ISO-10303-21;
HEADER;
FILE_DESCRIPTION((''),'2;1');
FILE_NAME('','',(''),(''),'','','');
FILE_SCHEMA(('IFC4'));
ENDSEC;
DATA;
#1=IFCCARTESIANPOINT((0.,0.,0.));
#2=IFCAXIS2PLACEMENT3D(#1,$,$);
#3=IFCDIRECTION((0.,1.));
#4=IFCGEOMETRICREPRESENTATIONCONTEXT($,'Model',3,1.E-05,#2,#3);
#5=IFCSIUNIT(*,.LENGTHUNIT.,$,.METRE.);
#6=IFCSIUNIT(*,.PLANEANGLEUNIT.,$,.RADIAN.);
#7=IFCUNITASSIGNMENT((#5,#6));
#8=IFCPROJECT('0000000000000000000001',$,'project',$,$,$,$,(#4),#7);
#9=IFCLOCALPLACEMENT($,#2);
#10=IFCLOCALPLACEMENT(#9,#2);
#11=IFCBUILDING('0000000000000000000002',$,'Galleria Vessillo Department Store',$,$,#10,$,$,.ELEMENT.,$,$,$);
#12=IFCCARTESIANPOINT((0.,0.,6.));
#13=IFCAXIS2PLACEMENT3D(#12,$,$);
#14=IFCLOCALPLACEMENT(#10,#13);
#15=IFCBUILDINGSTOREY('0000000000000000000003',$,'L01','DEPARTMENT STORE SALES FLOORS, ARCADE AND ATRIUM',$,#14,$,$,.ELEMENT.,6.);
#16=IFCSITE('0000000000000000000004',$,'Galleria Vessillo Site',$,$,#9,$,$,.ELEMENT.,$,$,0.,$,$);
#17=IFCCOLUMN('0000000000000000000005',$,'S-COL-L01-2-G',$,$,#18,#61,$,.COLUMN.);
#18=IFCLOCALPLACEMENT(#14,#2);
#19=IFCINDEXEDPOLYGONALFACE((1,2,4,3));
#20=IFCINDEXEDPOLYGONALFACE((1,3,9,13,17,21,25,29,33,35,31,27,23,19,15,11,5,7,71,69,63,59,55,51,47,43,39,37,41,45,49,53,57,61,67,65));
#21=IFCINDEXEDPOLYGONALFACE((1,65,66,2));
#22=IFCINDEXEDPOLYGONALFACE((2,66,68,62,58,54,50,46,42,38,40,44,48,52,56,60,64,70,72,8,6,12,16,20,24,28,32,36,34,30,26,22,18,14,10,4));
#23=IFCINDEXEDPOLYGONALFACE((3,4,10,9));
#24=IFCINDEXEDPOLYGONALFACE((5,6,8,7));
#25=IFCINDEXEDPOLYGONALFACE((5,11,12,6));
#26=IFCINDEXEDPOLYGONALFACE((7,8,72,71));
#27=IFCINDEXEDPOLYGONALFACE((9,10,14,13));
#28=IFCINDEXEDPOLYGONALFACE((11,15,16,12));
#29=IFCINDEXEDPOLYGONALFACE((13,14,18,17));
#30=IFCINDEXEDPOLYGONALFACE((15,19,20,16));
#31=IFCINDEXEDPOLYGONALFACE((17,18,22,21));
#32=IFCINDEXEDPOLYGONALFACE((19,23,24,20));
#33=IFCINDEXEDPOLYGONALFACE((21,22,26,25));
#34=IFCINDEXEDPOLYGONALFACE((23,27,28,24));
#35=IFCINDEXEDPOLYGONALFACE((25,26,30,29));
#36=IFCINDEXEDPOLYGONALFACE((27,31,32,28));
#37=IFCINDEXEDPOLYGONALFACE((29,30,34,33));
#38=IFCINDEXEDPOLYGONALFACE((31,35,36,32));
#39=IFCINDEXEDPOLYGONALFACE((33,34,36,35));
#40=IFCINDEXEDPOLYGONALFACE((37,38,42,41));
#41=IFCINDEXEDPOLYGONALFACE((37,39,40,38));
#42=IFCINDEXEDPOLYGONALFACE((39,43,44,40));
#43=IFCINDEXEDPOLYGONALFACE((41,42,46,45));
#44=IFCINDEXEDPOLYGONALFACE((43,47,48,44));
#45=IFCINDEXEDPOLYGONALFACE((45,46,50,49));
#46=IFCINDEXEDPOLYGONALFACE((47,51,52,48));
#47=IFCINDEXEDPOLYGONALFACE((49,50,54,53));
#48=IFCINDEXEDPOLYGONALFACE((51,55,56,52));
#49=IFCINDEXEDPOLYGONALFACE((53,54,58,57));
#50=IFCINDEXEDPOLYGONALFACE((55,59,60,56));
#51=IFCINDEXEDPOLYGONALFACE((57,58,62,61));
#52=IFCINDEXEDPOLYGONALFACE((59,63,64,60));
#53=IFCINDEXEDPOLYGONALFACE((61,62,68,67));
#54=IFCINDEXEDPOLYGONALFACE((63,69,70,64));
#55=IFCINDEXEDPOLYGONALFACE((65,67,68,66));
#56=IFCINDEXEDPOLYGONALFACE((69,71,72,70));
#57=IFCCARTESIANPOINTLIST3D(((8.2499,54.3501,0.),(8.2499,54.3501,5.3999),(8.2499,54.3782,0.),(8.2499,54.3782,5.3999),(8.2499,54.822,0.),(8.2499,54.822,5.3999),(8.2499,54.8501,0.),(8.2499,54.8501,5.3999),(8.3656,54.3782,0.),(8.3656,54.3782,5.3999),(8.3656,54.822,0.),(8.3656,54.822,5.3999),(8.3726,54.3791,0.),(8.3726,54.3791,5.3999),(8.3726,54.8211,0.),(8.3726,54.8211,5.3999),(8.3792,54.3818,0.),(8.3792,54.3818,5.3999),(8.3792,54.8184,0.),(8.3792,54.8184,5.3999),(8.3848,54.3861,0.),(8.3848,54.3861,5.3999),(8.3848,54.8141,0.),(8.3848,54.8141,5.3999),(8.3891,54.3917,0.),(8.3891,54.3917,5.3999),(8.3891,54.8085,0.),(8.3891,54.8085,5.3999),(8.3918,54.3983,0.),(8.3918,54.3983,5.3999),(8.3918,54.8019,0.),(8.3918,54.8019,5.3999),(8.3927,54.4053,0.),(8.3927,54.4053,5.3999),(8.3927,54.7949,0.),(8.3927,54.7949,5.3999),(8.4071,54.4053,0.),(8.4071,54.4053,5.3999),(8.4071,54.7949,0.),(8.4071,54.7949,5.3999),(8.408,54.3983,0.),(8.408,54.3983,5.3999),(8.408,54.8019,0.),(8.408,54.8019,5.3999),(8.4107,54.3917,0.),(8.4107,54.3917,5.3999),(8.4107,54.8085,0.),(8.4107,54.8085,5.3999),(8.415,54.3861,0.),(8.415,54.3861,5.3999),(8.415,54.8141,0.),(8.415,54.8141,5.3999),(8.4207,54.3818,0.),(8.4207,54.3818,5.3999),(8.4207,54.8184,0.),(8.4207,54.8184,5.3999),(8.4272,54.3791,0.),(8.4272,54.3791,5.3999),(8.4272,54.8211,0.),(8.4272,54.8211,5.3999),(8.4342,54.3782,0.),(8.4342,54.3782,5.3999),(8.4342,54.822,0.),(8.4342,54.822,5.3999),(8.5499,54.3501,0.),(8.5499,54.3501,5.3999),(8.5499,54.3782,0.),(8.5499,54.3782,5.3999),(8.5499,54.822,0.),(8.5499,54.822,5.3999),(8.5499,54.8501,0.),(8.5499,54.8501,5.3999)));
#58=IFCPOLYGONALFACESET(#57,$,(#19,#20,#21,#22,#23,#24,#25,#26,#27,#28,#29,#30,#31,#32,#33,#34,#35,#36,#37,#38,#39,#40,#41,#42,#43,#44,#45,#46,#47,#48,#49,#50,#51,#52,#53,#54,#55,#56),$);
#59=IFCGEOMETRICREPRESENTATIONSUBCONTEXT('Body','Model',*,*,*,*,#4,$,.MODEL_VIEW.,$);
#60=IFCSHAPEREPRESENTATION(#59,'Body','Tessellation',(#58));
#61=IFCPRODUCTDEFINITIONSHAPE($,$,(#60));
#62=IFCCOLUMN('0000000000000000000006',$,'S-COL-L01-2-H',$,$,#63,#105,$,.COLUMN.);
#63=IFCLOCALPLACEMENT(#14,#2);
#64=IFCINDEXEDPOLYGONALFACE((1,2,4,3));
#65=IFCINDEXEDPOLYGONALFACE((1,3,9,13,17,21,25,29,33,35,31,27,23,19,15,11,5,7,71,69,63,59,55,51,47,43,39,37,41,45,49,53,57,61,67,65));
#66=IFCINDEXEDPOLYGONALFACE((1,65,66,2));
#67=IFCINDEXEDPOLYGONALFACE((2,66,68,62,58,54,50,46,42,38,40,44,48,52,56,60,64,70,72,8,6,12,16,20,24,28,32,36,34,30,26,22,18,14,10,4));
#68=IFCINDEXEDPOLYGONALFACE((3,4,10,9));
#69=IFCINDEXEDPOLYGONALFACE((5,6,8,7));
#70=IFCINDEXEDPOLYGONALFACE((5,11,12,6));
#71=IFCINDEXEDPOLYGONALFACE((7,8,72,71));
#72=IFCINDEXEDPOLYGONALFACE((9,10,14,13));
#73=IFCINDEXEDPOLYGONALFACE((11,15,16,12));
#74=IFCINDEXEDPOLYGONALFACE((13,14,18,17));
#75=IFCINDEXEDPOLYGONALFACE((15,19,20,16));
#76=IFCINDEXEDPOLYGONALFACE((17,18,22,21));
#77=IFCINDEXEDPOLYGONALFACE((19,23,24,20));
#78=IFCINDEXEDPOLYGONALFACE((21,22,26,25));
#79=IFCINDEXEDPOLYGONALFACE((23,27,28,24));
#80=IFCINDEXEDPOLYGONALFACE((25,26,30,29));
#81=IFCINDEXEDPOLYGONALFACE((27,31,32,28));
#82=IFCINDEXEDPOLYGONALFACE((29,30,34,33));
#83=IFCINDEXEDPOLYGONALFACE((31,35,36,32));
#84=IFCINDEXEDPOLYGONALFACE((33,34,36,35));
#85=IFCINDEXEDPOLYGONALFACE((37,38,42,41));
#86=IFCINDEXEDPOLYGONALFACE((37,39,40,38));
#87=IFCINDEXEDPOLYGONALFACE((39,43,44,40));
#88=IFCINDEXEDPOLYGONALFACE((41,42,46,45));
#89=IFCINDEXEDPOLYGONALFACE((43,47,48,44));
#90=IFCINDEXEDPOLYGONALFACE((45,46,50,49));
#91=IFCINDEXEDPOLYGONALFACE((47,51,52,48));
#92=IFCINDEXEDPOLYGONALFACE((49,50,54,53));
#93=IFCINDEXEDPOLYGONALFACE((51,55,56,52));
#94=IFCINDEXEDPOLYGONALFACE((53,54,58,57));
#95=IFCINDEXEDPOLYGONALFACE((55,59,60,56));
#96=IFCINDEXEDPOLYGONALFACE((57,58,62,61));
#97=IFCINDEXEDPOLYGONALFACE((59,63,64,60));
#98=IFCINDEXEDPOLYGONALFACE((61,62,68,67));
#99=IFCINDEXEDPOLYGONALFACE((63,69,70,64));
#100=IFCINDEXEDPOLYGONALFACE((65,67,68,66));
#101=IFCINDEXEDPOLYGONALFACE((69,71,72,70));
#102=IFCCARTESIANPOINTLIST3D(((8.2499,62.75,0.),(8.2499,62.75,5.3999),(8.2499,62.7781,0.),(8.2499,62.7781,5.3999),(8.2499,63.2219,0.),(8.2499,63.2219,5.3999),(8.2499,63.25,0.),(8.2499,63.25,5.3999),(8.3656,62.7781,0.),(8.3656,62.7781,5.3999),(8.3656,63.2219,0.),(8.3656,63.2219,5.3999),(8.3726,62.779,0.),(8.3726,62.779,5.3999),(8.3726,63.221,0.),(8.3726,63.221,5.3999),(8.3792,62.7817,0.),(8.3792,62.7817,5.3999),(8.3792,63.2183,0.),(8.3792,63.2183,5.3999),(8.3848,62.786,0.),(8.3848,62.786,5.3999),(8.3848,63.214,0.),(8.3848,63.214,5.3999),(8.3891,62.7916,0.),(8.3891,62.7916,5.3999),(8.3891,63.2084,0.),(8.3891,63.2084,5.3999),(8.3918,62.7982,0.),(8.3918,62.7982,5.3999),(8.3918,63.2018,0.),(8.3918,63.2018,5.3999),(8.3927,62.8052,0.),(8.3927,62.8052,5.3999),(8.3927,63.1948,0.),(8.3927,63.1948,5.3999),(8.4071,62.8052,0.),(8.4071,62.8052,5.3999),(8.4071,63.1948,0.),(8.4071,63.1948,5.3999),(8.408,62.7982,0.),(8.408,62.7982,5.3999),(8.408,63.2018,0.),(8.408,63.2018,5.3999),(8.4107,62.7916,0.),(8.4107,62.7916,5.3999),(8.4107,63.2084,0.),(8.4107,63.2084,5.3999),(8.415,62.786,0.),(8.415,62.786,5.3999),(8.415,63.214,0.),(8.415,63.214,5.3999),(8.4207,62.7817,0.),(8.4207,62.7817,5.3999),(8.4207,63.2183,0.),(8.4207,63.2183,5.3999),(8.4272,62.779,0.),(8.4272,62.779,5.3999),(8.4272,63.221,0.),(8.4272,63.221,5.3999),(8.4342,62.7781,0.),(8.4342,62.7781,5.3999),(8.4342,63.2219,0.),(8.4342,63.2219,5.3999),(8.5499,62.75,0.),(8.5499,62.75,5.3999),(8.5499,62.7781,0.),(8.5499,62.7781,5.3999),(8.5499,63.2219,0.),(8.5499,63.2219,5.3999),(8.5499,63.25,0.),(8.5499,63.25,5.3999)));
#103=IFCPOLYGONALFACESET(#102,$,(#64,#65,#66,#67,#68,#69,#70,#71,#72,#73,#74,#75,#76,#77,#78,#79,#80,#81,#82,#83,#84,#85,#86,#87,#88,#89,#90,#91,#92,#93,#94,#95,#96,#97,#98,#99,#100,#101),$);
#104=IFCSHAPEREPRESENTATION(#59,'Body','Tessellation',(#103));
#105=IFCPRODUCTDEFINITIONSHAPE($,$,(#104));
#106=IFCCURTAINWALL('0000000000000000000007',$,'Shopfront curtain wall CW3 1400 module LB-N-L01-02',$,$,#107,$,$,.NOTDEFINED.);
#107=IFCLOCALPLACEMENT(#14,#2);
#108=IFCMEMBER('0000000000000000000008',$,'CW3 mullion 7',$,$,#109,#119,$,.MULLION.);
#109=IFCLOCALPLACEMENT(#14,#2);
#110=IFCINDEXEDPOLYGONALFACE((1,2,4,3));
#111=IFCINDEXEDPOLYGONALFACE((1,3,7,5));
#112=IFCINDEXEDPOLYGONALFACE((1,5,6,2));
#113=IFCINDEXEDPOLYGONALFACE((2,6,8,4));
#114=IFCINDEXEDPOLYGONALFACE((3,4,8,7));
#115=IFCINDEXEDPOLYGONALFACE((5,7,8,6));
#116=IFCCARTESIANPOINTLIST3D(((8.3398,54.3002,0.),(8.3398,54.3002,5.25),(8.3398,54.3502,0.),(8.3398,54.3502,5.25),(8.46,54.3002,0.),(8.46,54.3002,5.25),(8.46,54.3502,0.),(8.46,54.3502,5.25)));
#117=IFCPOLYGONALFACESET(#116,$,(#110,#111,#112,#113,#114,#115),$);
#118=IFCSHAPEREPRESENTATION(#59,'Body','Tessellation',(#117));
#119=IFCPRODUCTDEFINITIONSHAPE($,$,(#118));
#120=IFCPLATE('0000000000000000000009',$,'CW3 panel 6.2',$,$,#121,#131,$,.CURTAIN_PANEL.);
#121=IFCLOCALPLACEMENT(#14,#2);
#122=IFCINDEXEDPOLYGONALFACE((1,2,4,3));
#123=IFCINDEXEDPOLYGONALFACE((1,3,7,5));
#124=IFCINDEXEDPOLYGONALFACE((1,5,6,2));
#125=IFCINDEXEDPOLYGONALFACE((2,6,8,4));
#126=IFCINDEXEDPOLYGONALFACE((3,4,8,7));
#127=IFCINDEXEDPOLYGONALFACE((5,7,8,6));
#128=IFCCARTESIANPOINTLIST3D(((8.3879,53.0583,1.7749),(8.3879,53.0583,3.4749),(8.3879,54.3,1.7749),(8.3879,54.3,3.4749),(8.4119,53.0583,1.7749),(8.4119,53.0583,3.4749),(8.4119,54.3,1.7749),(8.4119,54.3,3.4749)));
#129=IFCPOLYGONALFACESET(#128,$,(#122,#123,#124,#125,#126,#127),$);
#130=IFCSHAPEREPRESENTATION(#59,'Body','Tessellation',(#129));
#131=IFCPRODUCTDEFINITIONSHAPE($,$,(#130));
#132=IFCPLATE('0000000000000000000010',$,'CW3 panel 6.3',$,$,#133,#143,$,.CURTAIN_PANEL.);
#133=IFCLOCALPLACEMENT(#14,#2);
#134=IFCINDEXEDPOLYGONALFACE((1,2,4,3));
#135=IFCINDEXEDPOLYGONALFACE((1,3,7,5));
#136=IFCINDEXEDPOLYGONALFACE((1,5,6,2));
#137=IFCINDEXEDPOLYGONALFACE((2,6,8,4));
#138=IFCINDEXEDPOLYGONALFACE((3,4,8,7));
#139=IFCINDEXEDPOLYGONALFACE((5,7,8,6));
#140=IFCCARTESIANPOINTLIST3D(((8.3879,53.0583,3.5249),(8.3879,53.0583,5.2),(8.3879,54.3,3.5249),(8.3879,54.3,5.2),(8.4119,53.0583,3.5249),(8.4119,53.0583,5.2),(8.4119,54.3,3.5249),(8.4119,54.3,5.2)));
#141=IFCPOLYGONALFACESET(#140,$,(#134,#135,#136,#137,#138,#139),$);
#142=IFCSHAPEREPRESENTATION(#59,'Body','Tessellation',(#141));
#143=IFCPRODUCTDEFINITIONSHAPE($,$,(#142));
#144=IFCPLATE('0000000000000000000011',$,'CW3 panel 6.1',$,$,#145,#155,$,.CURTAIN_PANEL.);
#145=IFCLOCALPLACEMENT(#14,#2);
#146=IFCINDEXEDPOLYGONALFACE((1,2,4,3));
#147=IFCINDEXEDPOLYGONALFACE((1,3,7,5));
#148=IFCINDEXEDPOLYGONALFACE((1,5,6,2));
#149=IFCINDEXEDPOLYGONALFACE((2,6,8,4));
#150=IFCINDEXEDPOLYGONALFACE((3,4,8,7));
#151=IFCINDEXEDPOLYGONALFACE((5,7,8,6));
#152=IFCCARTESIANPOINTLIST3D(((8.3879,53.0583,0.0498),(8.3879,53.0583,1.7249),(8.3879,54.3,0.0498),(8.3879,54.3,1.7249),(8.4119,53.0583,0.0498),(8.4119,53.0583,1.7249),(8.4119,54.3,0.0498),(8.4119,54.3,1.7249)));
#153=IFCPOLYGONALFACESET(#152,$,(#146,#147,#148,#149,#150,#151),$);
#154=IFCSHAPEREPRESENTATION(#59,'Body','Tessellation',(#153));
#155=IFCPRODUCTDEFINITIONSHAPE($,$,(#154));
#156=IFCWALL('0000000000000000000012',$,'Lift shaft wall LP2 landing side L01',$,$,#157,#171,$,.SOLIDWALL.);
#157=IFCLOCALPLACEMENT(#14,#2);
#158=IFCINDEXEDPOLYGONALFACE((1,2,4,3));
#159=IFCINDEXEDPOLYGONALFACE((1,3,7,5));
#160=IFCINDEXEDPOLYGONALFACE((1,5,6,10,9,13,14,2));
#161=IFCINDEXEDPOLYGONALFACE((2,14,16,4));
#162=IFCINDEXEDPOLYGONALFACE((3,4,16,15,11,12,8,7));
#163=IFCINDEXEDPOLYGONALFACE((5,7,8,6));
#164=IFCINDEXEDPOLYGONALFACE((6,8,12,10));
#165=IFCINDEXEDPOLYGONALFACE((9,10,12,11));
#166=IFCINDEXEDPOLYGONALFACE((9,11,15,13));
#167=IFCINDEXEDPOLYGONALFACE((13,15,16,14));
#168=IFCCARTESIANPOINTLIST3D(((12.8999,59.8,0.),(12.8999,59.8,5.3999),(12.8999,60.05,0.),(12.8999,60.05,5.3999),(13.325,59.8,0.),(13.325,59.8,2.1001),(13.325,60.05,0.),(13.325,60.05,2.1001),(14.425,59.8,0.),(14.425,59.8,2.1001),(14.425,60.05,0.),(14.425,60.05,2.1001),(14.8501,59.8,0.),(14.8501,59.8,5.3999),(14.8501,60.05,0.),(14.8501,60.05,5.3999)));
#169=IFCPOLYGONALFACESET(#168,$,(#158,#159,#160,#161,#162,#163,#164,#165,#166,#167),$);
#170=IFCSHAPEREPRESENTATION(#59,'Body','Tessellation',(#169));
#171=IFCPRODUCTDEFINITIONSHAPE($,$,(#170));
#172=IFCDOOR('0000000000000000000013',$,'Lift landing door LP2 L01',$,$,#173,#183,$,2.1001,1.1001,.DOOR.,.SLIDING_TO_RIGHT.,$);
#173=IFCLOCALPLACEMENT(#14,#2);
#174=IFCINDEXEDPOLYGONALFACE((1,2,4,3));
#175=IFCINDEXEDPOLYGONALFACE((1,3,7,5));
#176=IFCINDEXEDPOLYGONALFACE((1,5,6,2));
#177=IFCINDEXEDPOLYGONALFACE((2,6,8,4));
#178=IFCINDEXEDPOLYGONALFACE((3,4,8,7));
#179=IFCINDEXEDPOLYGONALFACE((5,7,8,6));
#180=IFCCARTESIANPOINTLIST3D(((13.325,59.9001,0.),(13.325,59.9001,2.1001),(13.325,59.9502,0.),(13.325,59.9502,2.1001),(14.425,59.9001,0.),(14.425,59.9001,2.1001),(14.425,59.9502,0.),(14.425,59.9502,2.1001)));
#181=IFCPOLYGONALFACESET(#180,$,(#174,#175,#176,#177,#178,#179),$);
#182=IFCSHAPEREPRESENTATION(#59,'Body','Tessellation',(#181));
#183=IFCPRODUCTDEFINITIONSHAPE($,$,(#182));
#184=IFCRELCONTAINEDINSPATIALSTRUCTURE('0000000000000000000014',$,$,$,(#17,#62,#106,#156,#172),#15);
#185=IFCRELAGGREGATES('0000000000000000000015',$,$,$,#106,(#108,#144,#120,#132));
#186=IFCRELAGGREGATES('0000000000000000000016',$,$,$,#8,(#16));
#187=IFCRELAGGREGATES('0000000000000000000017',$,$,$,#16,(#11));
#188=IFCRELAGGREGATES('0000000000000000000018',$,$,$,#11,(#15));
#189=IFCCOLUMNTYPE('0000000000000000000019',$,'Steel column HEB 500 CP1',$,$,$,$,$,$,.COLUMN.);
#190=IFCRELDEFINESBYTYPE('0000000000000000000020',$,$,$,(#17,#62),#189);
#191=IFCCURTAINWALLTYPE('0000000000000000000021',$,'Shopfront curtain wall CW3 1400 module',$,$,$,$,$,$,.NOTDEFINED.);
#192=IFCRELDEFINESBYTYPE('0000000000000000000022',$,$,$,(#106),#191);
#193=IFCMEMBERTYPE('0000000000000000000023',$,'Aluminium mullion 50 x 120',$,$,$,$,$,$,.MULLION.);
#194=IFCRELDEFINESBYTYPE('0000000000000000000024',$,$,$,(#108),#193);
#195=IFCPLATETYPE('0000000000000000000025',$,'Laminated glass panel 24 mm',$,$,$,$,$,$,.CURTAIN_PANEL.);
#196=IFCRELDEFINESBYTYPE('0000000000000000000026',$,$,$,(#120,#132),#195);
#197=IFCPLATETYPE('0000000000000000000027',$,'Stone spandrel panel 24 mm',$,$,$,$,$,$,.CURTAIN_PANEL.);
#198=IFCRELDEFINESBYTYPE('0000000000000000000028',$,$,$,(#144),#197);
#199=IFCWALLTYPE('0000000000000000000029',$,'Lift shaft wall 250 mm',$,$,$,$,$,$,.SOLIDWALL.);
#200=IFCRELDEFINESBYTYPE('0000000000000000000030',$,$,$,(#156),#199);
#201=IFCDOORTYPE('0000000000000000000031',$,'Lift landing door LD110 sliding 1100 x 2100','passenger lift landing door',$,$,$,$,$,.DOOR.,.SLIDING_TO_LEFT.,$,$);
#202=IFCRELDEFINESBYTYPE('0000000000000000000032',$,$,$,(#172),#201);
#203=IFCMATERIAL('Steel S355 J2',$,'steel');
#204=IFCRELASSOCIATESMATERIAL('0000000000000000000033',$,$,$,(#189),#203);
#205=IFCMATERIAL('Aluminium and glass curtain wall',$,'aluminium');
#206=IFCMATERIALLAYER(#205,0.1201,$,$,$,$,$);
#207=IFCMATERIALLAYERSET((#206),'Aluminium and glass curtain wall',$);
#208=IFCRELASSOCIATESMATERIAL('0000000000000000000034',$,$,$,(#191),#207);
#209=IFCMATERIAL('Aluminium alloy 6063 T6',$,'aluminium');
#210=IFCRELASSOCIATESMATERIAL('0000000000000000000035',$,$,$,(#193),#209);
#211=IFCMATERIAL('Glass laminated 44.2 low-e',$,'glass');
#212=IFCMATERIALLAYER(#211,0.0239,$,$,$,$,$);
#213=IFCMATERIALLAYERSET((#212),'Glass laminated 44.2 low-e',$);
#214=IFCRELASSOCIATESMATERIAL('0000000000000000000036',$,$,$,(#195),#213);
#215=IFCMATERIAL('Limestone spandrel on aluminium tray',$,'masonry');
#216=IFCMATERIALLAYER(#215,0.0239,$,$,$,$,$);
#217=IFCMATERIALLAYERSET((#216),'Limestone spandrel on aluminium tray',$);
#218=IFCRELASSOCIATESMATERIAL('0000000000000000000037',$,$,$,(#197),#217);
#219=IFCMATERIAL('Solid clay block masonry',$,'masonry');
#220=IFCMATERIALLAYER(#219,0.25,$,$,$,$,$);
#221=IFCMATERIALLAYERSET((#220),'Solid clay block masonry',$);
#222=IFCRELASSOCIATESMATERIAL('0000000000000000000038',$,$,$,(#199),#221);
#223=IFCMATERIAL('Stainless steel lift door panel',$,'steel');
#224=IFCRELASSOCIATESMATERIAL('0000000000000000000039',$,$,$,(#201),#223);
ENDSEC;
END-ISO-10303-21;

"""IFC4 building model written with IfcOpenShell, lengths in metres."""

from ifc_helpers import new_model, si_unit, direction, frame, frame_2d, origin, origin_2d, place, context, subcontext, project, spatial, rectangle, i_section, extrude, material, layer, layer_set, material_profile, profile_set, type_object, element, fill, aggregate, save


model = new_model("IFC4")

# Units and contexts
model_context = context("Model", 3, precision=1e-05, world=origin(), true_north=direction((0.0, 1.0)))
body_context = subcontext(model_context, "Body", "Model", "MODEL_VIEW")
ifc_project = project(units=[si_unit("LENGTHUNIT", "METRE"), si_unit("PLANEANGLEUNIT", "RADIAN")], contexts=[model_context])

# Site, building, storey
site_placement = place(None, origin())
site = spatial("IfcSite", under=ifc_project, at=site_placement, Name="Galleria Vessillo Site", CompositionType="ELEMENT", RefElevation=0.0)
building_placement = place(site_placement, origin())
building = spatial("IfcBuilding", under=site, at=building_placement, Name="Galleria Vessillo Department Store", CompositionType="ELEMENT")
storey_placement = place(building_placement, frame((0.0, 0.0, 6.0)))
storey = spatial("IfcBuildingStorey", under=building, at=storey_placement, Name="L01", Description="DEPARTMENT STORE SALES FLOORS, ARCADE AND ATRIUM", CompositionType="ELEMENT", Elevation=6.0)

# Columns
ifc_material_1 = material(Name="Steel S355 J2", Category="steel")
ifc_material_profile_1 = material_profile(ifc_material_1, i_section(OverallWidth=0.3, OverallDepth=0.5, WebThickness=0.0144, FlangeThickness=0.0281, FilletRadius=0.0271, at=origin_2d()), Name="HEB 500")
ifc_profile_set_1 = profile_set([ifc_material_profile_1], Name="Steel S355 J2")
column_type_1 = type_object("IfcColumnType", Name="Steel column HEB 500 CP1", PredefinedType="COLUMN", material=ifc_profile_set_1)
for number, where, z_axis, x_axis, name in (
    (1, (8.3999, 54.6001, 0.0), (0.0, 0.0, 1.0), (1.0, 0.0, 0.0), "S-COL-L01-2-G"),
    (2, (8.3999, 63.0, 0.0), (0.0, 0.0, 1.0), (1.0, 0.0, 0.0), "S-COL-L01-2-H"),
):
    element("IfcColumn", number, at=place(storey_placement, frame(where, z_axis=z_axis, x_axis=x_axis)), inside=storey, type_object=column_type_1, Name=name, PredefinedType="COLUMN", context=body_context, shape_type="SweptSolid", body=[
        extrude(i_section(OverallWidth=0.3, OverallDepth=0.5, WebThickness=0.0144, FlangeThickness=0.0281, FilletRadius=0.0271, at=origin_2d()), origin(), (0.0, 0.0, 1.0), 5.3999),
    ])

# Curtain wall, member, plates
ifc_material_2 = material(Name="Aluminium and glass curtain wall", Category="aluminium")
ifc_layer_1 = layer(ifc_material_2, 0.1201)
ifc_layer_set_1 = layer_set([ifc_layer_1], Name="Aluminium and glass curtain wall")
curtain_wall_type = type_object("IfcCurtainWallType", Name="Shopfront curtain wall CW3 1400 module", PredefinedType="NOTDEFINED", material=ifc_layer_set_1)
curtain_wall_placement = place(storey_placement, origin())
curtain_wall = element("IfcCurtainWall", 3, at=curtain_wall_placement, inside=storey, type_object=curtain_wall_type, Name="Shopfront curtain wall CW3 1400 module LB-N-L01-02", PredefinedType="NOTDEFINED")
ifc_material_3 = material(Name="Aluminium alloy 6063 T6", Category="aluminium")
ifc_material_profile_2 = material_profile(ifc_material_3, rectangle(XDim=0.1201, YDim=0.05, at=origin_2d()), Name="AL 50x120")
ifc_profile_set_2 = profile_set([ifc_material_profile_2], Name="Aluminium alloy 6063 T6")
member_type = type_object("IfcMemberType", Name="Aluminium mullion 50 x 120", PredefinedType="MULLION", material=ifc_profile_set_2)
member_placement = place(storey_placement, frame((8.3999, 54.3252, 0.0), z_axis=(0.0, 0.0, 1.0), x_axis=(-1.0, 0.0, 0.0)))
member = element("IfcMember", 4, at=member_placement, type_object=member_type, Name="CW3 mullion 7", PredefinedType="MULLION", context=body_context, shape_type="SweptSolid", body=[
    extrude(rectangle(XDim=0.1201, YDim=0.05, at=origin_2d()), origin(), (0.0, 0.0, 1.0), 5.25),
])
ifc_material_4 = material(Name="Glass laminated 44.2 low-e", Category="glass")
ifc_layer_2 = layer(ifc_material_4, 0.0239)
ifc_layer_set_2 = layer_set([ifc_layer_2], Name="Glass laminated 44.2 low-e")
plate_type_1 = type_object("IfcPlateType", Name="Laminated glass panel 24 mm", PredefinedType="CURTAIN_PANEL", material=ifc_layer_set_2)
plate_1_placement = place(storey_placement, frame((8.3999, 53.6792, 1.7749), z_axis=(0.0, 0.0, 1.0), x_axis=(0.0, 1.0, 0.0)))
plate_1 = element("IfcPlate", 5, at=plate_1_placement, type_object=plate_type_1, Name="CW3 panel 6.2", PredefinedType="CURTAIN_PANEL", context=body_context, shape_type="SweptSolid", body=[
    extrude(rectangle(XDim=1.2417, YDim=0.0239, at=origin_2d()), origin(), (0.0, 0.0, 1.0), 1.7),
])
plate_2_placement = place(storey_placement, frame((8.3999, 53.6792, 3.5249), z_axis=(0.0, 0.0, 1.0), x_axis=(0.0, 1.0, 0.0)))
plate_2 = element("IfcPlate", 6, at=plate_2_placement, type_object=plate_type_1, Name="CW3 panel 6.3", PredefinedType="CURTAIN_PANEL", context=body_context, shape_type="SweptSolid", body=[
    extrude(rectangle(XDim=1.2417, YDim=0.0239, at=origin_2d()), origin(), (0.0, 0.0, 1.0), 1.675),
])
ifc_material_5 = material(Name="Limestone spandrel on aluminium tray", Category="masonry")
ifc_layer_3 = layer(ifc_material_5, 0.0239)
ifc_layer_set_3 = layer_set([ifc_layer_3], Name="Limestone spandrel on aluminium tray")
plate_type_2 = type_object("IfcPlateType", Name="Stone spandrel panel 24 mm", PredefinedType="CURTAIN_PANEL", material=ifc_layer_set_3)
plate_3_placement = place(storey_placement, frame((8.3999, 53.6792, 0.0498), z_axis=(0.0, 0.0, 1.0), x_axis=(0.0, 1.0, 0.0)))
plate_3 = element("IfcPlate", 7, at=plate_3_placement, type_object=plate_type_2, Name="CW3 panel 6.1", PredefinedType="CURTAIN_PANEL", context=body_context, shape_type="SweptSolid", body=[
    extrude(rectangle(XDim=1.2417, YDim=0.0239, at=origin_2d()), origin(), (0.0, 0.0, 1.0), 1.675),
])
aggregate(curtain_wall, [member, plate_3, plate_1, plate_2])

# Wall, opening, door
ifc_material_6 = material(Name="Solid clay block masonry", Category="masonry")
ifc_layer_4 = layer(ifc_material_6, 0.25)
ifc_layer_set_4 = layer_set([ifc_layer_4], Name="Solid clay block masonry")
wall_type_1 = type_object("IfcWallType", Name="Lift shaft wall 250 mm", PredefinedType="SOLIDWALL", material=ifc_layer_set_4)
wall_1_placement = place(storey_placement, frame((12.8999, 59.925, 0.0), z_axis=(0.0, 0.0, 1.0), x_axis=(1.0, 0.0, 0.0)))
wall_1 = element("IfcWall", 8, at=wall_1_placement, inside=storey, type_object=wall_type_1, Name="Lift shaft wall LP2 landing side L01", PredefinedType="SOLIDWALL", context=body_context, shape_type="SweptSolid", body=[
    extrude(rectangle(XDim=1.9502, YDim=0.25, at=frame_2d((0.9751, 0.0))), origin(), (0.0, 0.0, 1.0), 5.3999),
])
opening_1_placement = place(wall_1_placement, frame((0.425, 0.0, 0.0)))
opening_1 = element("IfcOpeningElement", 9, at=opening_1_placement, cuts=wall_1, PredefinedType="OPENING", context=body_context, shape_type="SweptSolid", body=[
    extrude(rectangle(XDim=1.1001, YDim=2.1001, at=frame_2d((0.55, 1.05))), frame((0.0, 0.135, 0.0), z_axis=(0.0, -1.0, 0.0), x_axis=(1.0, 0.0, 0.0)), (0.0, 0.0, 1.0), 0.27),
])
ifc_material_7 = material(Name="Stainless steel lift door panel", Category="steel")
door_type_1 = type_object("IfcDoorType", Name="Lift landing door LD110 sliding 1100 x 2100", Description="passenger lift landing door", OperationType="SLIDING_TO_LEFT", PredefinedType="DOOR", material=ifc_material_7)
door_1_placement = place(opening_1_placement, frame((1.1001, 0.0, 0.0), z_axis=(0.0, 0.0, 1.0), x_axis=(-1.0, 0.0, 0.0)))
door_1 = element("IfcDoor", 10, at=door_1_placement, inside=storey, type_object=door_type_1, Name="Lift landing door LP2 L01", OperationType="SLIDING_TO_RIGHT", OverallHeight=2.1001, OverallWidth=1.1001, PredefinedType="DOOR", context=body_context, shape_type="SweptSolid", body=[
    extrude(rectangle(XDim=1.1001, YDim=2.1001, at=frame_2d((0.55, 1.05))), frame((0.0, 0.0249, 0.0), z_axis=(0.0, -1.0, 0.0), x_axis=(1.0, 0.0, 0.0)), (0.0, 0.0, 1.0), 0.05),
])
fill(opening_1, door_1)

save(model, "model.ifc")
